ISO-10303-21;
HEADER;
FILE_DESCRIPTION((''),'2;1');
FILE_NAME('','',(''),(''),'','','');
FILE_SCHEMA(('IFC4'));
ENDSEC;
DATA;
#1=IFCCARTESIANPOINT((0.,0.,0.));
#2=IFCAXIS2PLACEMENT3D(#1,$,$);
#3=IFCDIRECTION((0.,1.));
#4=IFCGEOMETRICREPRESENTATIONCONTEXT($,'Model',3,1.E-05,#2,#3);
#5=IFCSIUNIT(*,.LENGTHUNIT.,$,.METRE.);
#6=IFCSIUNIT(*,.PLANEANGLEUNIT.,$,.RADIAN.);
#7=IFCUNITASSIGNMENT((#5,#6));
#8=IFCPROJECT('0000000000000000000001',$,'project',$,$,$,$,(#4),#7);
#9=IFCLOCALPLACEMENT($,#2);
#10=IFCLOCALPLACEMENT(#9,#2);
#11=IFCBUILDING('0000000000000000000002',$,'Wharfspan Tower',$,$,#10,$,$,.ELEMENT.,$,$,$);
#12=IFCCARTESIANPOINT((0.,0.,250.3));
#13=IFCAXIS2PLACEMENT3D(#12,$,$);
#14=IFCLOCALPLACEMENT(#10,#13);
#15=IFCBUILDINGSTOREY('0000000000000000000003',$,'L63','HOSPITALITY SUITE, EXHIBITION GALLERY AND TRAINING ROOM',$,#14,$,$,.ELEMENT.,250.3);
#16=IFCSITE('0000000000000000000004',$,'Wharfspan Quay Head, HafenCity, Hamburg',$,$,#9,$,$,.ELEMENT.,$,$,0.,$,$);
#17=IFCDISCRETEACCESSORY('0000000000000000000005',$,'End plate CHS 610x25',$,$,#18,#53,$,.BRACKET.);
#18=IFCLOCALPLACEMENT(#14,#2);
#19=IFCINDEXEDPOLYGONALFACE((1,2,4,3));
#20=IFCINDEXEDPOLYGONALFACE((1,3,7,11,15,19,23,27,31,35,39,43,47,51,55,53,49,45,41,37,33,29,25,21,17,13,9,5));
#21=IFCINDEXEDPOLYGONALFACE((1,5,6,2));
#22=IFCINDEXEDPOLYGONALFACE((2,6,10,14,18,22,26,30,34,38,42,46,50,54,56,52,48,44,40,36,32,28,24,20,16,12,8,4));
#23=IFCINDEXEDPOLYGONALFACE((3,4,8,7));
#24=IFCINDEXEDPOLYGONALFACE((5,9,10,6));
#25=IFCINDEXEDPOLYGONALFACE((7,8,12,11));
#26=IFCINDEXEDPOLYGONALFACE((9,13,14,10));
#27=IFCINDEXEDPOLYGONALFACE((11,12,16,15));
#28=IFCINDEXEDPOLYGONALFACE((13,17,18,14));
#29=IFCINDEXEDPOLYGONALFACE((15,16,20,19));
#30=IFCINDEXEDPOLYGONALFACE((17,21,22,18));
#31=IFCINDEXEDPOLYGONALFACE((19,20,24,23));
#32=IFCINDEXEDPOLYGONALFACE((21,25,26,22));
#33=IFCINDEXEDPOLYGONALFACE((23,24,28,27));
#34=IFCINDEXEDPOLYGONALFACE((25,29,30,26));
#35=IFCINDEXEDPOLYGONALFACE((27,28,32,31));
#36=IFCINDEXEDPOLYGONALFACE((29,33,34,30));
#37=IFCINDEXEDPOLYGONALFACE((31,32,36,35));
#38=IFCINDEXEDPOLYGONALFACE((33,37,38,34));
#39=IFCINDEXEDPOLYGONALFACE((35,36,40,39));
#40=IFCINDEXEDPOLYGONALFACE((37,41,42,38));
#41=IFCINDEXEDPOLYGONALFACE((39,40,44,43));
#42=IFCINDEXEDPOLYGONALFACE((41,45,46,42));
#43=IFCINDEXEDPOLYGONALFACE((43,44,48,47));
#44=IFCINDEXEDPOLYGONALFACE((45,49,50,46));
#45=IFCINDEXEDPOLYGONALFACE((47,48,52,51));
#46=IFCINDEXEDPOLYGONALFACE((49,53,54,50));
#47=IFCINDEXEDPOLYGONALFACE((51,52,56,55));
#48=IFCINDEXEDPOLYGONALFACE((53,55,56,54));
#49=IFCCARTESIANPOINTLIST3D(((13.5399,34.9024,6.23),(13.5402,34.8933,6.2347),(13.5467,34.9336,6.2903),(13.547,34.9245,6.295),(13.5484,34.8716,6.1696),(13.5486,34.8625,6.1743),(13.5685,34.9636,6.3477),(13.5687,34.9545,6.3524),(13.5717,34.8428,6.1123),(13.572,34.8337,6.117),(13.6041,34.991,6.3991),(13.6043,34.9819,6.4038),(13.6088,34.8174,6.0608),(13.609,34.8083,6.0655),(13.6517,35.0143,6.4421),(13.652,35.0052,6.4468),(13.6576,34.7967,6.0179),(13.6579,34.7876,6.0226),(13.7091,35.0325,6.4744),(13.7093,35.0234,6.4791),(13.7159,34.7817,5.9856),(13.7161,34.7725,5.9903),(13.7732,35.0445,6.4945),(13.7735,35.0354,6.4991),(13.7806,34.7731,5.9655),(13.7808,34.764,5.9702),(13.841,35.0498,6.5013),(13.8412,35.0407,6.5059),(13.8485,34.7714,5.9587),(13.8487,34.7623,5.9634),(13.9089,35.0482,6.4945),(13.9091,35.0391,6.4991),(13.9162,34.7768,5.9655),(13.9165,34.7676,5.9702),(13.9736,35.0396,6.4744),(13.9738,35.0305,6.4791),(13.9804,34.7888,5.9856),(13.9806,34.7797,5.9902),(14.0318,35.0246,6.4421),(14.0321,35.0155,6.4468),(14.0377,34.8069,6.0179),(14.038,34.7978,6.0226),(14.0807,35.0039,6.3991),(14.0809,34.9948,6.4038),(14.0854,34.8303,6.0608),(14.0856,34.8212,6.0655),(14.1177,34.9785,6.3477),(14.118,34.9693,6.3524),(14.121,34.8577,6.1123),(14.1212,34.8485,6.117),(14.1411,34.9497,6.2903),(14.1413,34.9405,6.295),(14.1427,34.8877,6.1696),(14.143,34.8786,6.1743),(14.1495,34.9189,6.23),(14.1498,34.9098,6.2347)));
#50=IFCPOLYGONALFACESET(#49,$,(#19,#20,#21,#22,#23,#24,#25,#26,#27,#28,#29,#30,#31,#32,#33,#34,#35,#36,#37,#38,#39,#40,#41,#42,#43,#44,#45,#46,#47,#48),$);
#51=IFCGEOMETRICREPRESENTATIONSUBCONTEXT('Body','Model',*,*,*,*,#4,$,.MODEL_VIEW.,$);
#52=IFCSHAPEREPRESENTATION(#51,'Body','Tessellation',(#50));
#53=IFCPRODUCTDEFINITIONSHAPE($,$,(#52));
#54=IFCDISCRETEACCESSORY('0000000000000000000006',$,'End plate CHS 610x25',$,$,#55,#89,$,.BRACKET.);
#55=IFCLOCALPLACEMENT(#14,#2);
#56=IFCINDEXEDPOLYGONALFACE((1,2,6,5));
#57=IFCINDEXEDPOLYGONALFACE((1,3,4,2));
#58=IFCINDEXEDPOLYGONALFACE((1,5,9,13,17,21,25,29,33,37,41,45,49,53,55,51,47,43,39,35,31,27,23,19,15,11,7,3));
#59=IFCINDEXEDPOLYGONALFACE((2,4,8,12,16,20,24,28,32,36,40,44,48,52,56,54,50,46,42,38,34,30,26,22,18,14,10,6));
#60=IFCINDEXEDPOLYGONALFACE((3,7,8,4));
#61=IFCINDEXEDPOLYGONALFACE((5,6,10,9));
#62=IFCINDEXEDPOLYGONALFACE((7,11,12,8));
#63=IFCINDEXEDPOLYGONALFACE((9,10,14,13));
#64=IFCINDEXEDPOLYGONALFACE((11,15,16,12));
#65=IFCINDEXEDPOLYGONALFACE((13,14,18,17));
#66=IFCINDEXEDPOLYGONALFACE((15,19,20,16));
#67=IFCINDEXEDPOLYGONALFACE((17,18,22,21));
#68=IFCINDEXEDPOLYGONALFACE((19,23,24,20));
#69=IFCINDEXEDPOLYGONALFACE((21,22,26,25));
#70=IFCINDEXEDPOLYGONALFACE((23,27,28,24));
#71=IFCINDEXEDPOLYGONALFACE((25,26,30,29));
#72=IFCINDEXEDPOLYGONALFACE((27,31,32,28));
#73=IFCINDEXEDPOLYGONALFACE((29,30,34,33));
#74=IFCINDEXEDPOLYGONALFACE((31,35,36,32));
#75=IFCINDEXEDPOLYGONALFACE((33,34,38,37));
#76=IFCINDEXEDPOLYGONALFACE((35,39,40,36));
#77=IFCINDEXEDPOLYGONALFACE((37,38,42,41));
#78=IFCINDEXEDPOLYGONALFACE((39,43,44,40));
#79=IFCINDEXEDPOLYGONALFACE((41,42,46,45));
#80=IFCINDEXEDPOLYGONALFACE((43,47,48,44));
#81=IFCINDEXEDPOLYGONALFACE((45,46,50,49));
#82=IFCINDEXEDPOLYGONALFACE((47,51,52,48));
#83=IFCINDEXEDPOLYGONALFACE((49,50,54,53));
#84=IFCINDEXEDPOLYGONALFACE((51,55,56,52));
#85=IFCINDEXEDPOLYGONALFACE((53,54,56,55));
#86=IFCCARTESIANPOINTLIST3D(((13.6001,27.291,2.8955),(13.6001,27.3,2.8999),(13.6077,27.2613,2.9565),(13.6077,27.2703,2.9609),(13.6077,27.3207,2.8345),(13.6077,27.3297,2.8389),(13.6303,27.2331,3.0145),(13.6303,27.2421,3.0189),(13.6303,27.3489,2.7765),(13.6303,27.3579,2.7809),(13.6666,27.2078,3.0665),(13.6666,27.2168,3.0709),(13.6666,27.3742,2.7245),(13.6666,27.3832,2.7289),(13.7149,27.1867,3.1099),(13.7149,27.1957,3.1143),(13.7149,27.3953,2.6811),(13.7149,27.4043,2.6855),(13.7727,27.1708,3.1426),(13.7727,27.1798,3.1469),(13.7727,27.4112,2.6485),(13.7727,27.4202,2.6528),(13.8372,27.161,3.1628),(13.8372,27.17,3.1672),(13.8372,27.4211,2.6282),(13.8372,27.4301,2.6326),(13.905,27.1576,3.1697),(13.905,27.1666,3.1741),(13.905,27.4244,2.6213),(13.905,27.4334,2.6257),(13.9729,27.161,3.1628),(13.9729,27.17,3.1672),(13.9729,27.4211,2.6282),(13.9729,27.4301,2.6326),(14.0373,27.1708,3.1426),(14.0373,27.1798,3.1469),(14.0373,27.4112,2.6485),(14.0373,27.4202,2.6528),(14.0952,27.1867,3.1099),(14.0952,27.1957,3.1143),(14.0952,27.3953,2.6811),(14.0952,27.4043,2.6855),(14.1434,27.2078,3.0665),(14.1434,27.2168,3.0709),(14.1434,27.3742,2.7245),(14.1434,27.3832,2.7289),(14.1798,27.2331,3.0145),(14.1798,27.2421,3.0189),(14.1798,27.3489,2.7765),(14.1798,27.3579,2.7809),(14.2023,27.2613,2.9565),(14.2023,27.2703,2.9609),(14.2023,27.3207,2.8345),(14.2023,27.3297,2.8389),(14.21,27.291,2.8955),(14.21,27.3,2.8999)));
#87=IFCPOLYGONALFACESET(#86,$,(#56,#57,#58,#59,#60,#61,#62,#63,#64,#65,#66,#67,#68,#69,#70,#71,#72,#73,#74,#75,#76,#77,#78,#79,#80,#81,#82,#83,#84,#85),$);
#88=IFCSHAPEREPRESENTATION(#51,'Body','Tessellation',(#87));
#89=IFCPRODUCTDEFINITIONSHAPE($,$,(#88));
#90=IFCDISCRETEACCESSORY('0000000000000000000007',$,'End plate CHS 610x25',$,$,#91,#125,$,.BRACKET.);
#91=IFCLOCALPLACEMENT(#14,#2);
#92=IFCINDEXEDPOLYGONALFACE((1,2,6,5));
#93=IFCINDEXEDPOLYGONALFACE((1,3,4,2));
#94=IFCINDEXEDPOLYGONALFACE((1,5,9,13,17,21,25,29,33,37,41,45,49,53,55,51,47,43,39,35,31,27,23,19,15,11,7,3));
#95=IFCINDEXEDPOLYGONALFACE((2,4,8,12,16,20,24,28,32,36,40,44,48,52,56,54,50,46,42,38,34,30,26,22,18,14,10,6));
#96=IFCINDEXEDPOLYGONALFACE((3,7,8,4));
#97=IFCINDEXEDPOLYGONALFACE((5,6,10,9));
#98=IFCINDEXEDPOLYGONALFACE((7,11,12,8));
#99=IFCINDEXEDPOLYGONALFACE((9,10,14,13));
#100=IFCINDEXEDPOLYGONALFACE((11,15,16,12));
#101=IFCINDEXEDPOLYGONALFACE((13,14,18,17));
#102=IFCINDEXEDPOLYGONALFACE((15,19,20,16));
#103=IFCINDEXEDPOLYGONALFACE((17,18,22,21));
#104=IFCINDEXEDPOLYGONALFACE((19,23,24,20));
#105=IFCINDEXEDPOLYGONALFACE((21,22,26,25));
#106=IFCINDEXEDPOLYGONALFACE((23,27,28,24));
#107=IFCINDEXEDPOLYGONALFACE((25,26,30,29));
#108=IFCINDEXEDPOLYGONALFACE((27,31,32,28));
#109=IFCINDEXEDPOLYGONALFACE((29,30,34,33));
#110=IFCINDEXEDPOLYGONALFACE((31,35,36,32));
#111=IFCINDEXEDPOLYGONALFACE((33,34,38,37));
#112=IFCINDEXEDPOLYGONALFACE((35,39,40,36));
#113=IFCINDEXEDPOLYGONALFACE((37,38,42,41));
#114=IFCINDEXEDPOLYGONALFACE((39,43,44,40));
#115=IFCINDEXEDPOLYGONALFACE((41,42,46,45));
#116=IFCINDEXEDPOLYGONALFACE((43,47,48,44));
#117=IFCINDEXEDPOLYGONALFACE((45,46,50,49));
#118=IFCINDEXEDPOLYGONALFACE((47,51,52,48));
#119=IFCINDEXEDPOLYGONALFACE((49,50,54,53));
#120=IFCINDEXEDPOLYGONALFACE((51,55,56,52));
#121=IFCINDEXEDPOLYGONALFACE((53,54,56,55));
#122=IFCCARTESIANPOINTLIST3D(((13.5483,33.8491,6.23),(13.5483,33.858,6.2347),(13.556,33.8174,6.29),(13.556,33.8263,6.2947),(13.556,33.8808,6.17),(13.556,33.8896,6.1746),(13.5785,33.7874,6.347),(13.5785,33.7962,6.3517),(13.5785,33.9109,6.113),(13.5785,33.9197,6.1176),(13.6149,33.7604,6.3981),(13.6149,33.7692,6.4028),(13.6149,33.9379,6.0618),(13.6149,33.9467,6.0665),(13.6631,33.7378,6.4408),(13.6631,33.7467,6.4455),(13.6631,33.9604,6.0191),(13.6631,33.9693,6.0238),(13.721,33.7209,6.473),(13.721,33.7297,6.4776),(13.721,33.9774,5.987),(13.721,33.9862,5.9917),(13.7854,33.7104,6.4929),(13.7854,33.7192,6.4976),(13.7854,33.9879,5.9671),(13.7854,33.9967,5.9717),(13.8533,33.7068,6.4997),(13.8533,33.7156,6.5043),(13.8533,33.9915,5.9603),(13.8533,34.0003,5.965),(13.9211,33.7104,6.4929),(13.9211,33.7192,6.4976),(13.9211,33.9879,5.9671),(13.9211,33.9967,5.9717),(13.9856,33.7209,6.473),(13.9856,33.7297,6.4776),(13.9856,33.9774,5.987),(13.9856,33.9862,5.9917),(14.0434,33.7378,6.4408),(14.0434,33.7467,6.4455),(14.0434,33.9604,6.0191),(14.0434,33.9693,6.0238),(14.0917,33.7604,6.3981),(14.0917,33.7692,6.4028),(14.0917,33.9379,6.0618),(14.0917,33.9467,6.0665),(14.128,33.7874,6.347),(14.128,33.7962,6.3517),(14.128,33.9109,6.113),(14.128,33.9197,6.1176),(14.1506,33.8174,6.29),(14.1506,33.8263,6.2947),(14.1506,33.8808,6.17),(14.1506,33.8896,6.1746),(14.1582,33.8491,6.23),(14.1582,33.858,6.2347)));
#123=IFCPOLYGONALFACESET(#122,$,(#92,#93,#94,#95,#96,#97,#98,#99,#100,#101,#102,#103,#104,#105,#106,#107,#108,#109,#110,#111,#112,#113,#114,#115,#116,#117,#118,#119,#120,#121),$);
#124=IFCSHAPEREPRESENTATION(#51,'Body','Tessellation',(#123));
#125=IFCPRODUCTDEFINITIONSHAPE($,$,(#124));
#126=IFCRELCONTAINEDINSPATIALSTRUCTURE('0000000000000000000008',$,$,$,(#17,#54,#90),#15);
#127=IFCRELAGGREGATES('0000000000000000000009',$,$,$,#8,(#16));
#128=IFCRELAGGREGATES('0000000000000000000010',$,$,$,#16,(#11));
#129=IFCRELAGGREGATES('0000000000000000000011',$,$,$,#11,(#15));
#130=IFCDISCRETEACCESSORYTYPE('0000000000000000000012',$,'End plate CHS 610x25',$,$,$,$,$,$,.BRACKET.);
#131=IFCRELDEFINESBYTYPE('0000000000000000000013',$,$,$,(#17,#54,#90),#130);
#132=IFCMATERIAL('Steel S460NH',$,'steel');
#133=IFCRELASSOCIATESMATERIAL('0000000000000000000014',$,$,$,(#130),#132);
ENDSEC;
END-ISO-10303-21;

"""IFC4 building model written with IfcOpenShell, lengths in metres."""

from ifc_helpers import new_model, si_unit, direction, frame, origin, origin_2d, place, context, subcontext, project, spatial, circle, extrude, material, material_profile, profile_set, type_object, element, save


model = new_model("IFC4")

# Units and contexts
model_context = context("Model", 3, precision=1e-05, world=origin(), true_north=direction((0.0, 1.0)))
body_context = subcontext(model_context, "Body", "Model", "MODEL_VIEW")
ifc_project = project(units=[si_unit("LENGTHUNIT", "METRE"), si_unit("PLANEANGLEUNIT", "RADIAN")], contexts=[model_context])

# Site, building, storey
site_placement = place(None, origin())
site = spatial("IfcSite", under=ifc_project, at=site_placement, Name="Wharfspan Quay Head, HafenCity, Hamburg", CompositionType="ELEMENT", RefElevation=0.0)
building_placement = place(site_placement, origin())
building = spatial("IfcBuilding", under=site, at=building_placement, Name="Wharfspan Tower", CompositionType="ELEMENT")
storey_placement = place(building_placement, frame((0.0, 0.0, 250.3)))
storey = spatial("IfcBuildingStorey", under=building, at=storey_placement, Name="L63", Description="HOSPITALITY SUITE, EXHIBITION GALLERY AND TRAINING ROOM", CompositionType="ELEMENT", Elevation=250.3)

# Shared definitions
ifc_material_1 = material(Name="Steel S460NH", Category="steel")

# Discrete accessories
ifc_material_profile_1 = material_profile(ifc_material_1, circle(Radius=0.3049, at=origin_2d()))
ifc_profile_set_1 = profile_set([ifc_material_profile_1], Name="Steel S460NH")
discrete_accessory_type = type_object("IfcDiscreteAccessoryType", Name="End plate CHS 610x25", PredefinedType="BRACKET", material=ifc_profile_set_1)
discrete_accessory_placement = place(storey_placement, frame((13.8447, 34.9106, 6.23), z_axis=(0.024035, -0.88931, 0.456673), x_axis=(0.999631, 0.027015, -0.000003)))
element("IfcDiscreteAccessory", 1, at=discrete_accessory_placement, inside=storey, type_object=discrete_accessory_type, Name="End plate CHS 610x25", PredefinedType="BRACKET", context=body_context, shape_type="SweptSolid", body=[
    extrude(circle(Radius=0.3049, at=origin_2d()), origin(), (0.0, 0.0, 1.0), 0.0103),
])
for number, where, z_axis, x_axis, name in (
    (2, (13.905, 27.291, 2.8955), (0.0, 0.899235, 0.437466), (-1.0, 0.0, 0.0), "End plate CHS 610x25"),
    (3, (13.8533, 33.8491, 6.23), (0.0, 0.884385, 0.466759), (-1.0, 0.0, 0.0), "End plate CHS 610x25"),
):
    element("IfcDiscreteAccessory", number, at=place(storey_placement, frame(where, z_axis=z_axis, x_axis=x_axis)), inside=storey, type_object=discrete_accessory_type, Name=name, PredefinedType="BRACKET", context=body_context, shape_type="SweptSolid", body=[
        extrude(circle(Radius=0.3049, at=origin_2d()), origin(), (0.0, 0.0, 1.0), 0.01),
    ])

save(model, "model.ifc")
